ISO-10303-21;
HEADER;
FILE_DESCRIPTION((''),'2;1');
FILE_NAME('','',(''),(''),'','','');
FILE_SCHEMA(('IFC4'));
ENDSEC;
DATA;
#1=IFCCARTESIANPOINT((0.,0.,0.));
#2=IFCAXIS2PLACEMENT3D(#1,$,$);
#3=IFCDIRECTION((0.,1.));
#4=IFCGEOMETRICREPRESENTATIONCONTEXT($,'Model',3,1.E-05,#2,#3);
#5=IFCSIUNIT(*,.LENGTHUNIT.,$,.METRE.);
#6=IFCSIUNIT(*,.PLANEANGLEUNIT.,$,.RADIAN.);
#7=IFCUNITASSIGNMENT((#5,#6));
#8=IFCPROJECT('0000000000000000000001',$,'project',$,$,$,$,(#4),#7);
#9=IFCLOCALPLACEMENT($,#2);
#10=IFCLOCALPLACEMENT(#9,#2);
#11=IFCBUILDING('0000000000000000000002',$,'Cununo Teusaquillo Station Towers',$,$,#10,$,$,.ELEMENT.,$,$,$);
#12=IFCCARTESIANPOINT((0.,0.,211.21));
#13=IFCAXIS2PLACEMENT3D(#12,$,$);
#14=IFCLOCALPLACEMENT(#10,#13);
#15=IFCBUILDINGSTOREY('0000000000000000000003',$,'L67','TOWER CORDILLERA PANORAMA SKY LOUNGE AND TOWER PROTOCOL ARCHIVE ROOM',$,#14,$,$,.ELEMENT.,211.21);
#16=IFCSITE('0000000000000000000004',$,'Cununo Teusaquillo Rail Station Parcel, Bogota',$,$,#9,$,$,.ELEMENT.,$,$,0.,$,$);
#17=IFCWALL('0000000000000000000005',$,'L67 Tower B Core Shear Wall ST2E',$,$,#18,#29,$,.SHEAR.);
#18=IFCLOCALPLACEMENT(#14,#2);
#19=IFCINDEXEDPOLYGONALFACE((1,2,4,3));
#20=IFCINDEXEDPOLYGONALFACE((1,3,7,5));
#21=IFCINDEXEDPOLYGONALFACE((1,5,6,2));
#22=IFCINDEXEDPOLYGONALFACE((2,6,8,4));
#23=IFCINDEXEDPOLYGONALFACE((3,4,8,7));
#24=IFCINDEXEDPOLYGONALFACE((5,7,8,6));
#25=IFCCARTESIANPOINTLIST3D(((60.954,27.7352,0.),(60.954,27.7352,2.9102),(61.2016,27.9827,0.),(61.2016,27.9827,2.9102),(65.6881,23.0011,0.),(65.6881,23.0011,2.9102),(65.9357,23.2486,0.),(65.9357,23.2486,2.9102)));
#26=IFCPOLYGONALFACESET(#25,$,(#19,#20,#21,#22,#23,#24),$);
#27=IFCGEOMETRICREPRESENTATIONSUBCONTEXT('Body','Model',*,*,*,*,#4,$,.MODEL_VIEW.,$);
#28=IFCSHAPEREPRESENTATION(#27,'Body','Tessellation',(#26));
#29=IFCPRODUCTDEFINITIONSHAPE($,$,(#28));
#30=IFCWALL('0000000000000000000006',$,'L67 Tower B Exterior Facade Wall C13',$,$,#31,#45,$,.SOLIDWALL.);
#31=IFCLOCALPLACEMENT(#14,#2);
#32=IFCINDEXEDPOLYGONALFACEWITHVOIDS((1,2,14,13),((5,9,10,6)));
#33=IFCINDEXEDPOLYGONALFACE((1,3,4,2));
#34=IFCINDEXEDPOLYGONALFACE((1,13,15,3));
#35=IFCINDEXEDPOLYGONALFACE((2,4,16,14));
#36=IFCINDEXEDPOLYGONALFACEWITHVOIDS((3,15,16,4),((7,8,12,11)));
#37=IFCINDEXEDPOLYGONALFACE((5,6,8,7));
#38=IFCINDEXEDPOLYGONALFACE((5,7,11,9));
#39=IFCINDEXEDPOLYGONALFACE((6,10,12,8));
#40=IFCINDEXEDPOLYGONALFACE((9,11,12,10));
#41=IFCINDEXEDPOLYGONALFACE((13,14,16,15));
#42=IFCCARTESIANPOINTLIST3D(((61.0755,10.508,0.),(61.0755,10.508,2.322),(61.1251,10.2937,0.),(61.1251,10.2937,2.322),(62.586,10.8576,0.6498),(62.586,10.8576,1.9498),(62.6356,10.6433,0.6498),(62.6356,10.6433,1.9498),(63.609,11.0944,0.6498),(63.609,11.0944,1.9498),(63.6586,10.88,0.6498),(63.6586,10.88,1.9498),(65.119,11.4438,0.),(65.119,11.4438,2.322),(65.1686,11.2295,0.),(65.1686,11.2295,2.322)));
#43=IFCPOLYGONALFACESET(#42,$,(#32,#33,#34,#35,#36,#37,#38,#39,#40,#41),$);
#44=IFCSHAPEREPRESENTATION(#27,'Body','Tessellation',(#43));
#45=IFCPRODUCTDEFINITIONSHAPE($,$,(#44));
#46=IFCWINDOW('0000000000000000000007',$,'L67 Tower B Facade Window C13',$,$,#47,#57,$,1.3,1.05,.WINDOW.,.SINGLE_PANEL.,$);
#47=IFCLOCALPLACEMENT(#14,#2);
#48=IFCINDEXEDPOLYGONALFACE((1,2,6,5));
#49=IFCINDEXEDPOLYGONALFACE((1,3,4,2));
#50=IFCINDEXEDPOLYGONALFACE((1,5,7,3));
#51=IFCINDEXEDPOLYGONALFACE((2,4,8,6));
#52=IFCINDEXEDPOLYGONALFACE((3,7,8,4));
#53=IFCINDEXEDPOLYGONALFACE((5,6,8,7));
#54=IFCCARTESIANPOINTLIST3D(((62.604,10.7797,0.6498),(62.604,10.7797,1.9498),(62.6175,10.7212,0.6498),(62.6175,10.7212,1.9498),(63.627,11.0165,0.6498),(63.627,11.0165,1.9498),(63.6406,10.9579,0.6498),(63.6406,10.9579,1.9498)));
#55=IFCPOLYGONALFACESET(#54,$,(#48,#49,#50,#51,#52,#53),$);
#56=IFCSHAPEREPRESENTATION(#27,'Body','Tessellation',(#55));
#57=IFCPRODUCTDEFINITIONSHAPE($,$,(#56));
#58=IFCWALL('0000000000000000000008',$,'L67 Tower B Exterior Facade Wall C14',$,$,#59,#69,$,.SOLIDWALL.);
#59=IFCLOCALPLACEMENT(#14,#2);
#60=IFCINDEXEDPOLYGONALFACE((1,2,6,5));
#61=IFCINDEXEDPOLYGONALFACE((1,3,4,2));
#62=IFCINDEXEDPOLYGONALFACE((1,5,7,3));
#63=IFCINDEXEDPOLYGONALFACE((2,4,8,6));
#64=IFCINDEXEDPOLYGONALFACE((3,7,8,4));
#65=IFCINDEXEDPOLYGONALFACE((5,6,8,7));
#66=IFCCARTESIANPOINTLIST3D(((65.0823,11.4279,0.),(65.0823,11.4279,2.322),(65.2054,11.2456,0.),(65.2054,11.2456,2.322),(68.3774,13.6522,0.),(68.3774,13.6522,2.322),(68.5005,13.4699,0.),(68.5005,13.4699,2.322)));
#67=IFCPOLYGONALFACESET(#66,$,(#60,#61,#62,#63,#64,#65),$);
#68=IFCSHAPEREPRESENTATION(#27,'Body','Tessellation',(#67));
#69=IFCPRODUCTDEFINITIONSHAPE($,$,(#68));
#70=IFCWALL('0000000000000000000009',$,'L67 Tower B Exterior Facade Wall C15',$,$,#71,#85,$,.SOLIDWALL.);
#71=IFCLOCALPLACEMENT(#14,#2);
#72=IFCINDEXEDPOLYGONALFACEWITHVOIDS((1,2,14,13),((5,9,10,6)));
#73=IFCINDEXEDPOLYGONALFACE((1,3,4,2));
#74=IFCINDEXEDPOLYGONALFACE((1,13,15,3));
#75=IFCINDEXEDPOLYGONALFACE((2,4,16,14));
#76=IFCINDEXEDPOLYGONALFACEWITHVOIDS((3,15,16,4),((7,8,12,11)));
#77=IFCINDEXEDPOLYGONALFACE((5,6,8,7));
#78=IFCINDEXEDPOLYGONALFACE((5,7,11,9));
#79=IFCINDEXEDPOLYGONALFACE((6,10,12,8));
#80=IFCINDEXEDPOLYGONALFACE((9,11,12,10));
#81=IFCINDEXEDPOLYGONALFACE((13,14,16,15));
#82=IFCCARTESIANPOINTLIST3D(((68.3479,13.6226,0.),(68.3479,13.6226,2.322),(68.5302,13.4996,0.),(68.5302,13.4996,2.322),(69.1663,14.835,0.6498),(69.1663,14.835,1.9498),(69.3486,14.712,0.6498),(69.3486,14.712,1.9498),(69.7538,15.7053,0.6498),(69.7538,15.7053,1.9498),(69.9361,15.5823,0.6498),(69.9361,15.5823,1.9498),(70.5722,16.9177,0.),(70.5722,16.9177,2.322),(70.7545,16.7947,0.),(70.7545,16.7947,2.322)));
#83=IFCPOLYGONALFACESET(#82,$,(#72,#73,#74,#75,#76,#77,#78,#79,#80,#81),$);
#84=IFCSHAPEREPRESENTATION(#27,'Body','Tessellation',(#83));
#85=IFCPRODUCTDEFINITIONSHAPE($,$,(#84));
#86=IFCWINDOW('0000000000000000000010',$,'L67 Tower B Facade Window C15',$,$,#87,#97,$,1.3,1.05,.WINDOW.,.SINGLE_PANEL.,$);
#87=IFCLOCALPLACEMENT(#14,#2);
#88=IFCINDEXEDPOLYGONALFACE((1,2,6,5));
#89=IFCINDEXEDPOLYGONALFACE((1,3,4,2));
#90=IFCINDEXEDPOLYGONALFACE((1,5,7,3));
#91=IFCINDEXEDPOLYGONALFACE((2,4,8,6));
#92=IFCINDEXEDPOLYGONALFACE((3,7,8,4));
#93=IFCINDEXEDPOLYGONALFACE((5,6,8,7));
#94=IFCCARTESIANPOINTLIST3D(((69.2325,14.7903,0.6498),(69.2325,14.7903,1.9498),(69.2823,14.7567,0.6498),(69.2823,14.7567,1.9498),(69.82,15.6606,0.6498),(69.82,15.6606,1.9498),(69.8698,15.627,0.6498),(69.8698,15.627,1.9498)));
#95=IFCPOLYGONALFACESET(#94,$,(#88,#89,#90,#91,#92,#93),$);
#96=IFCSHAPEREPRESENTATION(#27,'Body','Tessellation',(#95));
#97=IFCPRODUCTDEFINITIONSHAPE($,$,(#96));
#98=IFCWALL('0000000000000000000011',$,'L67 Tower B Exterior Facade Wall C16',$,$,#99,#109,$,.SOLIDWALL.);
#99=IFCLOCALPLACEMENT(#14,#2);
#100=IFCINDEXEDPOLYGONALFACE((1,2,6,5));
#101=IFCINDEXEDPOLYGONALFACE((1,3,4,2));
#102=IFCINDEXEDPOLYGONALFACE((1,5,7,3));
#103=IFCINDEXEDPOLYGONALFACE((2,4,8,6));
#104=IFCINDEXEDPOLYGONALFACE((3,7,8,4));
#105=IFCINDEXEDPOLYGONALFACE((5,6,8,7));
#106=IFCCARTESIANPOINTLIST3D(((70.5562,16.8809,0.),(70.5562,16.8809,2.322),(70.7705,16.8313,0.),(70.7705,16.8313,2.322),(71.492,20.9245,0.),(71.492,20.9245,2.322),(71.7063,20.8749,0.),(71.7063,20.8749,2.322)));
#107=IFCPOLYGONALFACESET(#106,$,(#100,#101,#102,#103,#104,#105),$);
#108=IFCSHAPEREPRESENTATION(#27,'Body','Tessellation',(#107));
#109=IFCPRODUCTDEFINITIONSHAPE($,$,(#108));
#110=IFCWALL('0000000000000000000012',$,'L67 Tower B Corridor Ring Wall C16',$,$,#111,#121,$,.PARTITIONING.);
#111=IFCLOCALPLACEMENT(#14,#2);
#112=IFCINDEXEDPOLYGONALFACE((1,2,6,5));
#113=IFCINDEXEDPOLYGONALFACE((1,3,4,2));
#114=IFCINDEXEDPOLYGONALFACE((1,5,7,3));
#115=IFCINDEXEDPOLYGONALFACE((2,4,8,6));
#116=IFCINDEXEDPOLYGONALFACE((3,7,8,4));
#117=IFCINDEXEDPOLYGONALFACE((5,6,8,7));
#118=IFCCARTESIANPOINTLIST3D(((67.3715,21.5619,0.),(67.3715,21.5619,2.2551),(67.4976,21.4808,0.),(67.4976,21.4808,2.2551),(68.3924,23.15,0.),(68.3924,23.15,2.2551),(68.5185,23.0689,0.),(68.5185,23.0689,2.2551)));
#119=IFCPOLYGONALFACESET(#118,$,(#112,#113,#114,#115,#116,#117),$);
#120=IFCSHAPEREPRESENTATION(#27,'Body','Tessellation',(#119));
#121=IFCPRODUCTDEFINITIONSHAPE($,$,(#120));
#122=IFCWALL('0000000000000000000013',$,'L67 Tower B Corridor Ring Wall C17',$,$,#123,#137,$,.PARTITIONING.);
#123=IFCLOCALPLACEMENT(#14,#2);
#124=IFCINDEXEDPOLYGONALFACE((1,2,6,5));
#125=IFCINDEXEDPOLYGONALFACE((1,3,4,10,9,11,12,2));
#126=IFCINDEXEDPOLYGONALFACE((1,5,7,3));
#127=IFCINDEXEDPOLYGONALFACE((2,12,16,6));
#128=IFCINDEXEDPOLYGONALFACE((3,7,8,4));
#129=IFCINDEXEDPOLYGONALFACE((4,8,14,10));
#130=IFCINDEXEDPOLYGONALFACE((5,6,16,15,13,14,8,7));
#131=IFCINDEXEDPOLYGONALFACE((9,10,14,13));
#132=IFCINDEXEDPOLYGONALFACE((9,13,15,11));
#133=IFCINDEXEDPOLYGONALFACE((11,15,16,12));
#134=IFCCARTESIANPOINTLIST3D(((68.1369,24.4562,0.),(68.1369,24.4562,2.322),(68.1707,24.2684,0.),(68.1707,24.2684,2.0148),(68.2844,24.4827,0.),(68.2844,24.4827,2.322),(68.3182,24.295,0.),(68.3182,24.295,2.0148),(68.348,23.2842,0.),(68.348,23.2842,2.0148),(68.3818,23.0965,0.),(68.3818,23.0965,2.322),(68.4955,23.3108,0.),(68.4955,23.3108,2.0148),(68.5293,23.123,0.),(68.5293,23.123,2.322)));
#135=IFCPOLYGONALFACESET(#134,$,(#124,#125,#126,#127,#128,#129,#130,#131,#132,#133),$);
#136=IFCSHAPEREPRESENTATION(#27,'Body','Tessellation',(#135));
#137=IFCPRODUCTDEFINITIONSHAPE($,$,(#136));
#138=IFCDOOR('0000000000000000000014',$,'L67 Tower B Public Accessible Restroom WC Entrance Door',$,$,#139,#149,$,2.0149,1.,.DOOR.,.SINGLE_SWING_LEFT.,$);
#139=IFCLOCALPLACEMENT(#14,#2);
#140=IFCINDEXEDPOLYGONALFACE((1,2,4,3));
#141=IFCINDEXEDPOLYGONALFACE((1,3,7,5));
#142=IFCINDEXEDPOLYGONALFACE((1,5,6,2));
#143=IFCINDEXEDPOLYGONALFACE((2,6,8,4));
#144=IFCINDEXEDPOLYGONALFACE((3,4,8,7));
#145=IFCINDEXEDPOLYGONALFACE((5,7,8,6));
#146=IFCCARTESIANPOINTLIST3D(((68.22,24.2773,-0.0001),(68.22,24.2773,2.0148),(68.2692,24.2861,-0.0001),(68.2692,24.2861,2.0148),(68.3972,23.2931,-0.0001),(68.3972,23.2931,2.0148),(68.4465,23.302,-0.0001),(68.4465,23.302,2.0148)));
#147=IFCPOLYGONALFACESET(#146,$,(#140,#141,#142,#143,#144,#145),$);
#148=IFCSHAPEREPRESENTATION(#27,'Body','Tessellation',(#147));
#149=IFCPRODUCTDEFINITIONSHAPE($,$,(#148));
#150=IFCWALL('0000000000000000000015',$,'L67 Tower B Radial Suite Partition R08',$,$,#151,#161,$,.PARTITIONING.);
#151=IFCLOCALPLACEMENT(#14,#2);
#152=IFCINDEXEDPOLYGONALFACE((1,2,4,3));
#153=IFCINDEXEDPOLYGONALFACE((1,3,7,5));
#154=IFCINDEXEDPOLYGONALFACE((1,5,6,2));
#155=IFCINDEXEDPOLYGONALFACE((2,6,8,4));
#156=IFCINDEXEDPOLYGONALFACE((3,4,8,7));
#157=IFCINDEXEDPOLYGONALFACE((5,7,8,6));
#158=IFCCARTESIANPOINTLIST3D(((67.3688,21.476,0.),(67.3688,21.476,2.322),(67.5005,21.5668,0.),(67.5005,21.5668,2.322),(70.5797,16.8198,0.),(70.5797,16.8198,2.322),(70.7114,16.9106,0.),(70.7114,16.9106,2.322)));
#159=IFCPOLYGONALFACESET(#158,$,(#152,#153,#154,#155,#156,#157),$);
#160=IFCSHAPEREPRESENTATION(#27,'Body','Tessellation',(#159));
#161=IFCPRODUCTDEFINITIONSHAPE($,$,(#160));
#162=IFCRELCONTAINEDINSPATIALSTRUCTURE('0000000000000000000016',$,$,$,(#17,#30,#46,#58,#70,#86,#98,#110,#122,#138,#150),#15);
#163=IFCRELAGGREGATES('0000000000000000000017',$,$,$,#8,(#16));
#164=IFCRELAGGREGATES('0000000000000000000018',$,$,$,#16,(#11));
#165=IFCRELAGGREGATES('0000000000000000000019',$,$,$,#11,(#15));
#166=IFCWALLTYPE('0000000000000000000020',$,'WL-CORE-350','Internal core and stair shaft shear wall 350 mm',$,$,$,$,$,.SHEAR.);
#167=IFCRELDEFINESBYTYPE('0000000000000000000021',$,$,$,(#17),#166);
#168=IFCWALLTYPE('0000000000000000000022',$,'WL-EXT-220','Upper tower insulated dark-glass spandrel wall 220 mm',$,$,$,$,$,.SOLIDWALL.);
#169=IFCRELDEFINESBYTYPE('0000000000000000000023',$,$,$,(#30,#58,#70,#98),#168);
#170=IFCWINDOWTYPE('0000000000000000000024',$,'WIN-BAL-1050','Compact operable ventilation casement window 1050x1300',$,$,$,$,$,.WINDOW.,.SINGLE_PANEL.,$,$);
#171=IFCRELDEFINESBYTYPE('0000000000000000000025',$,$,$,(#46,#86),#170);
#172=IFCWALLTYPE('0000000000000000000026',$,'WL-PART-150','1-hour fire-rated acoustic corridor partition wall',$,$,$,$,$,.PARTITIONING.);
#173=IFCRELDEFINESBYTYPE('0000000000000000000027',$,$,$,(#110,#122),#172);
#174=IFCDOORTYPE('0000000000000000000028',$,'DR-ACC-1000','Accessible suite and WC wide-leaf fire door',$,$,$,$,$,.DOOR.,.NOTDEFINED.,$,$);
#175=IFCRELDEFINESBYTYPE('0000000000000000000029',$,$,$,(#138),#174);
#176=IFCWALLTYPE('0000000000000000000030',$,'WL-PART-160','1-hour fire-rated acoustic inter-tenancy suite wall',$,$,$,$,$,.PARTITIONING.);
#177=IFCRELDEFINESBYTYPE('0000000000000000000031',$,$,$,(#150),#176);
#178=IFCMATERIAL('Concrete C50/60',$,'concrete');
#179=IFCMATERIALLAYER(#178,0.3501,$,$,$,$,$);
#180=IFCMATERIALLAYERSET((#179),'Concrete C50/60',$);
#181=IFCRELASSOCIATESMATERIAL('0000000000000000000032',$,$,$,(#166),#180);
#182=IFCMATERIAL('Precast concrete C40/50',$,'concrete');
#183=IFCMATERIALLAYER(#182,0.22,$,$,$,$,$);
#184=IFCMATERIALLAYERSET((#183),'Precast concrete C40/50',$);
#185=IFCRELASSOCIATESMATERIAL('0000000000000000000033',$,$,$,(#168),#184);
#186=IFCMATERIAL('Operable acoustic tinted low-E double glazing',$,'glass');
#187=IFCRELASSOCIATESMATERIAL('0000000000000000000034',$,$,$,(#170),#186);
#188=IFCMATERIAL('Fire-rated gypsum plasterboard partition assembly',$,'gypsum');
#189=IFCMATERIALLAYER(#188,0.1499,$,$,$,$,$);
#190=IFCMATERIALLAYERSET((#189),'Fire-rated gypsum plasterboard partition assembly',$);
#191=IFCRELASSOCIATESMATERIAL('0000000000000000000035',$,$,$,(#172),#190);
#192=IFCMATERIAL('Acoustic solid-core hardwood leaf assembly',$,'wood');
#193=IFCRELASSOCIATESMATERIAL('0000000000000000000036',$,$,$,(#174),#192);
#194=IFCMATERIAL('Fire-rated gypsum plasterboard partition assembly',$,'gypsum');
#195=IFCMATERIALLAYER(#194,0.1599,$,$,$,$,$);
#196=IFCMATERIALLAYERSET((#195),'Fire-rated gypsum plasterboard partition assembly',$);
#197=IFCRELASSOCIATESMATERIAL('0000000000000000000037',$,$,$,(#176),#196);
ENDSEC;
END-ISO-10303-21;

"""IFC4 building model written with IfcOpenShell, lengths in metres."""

from ifc_helpers import new_model, si_unit, direction, frame, frame_2d, origin, place, context, subcontext, project, spatial, rectangle, extrude, source, transform, mapped, material, layer, layer_set, type_object, element, fill, save


model = new_model("IFC4")

# Units and contexts
model_context = context("Model", 3, precision=1e-05, world=origin(), true_north=direction((0.0, 1.0)))
body_context = subcontext(model_context, "Body", "Model", "MODEL_VIEW")
ifc_project = project(units=[si_unit("LENGTHUNIT", "METRE"), si_unit("PLANEANGLEUNIT", "RADIAN")], contexts=[model_context])

# Site, building, storey
site_placement = place(None, origin())
site = spatial("IfcSite", under=ifc_project, at=site_placement, Name="Cununo Teusaquillo Rail Station Parcel, Bogota", CompositionType="ELEMENT", RefElevation=0.0)
building_placement = place(site_placement, origin())
building = spatial("IfcBuilding", under=site, at=building_placement, Name="Cununo Teusaquillo Station Towers", CompositionType="ELEMENT")
storey_placement = place(building_placement, frame((0.0, 0.0, 211.21)))
storey = spatial("IfcBuildingStorey", under=building, at=storey_placement, Name="L67", Description="TOWER CORDILLERA PANORAMA SKY LOUNGE AND TOWER PROTOCOL ARCHIVE ROOM", CompositionType="ELEMENT", Elevation=211.21)

# Wall
ifc_material_1 = material(Name="Concrete C50/60", Category="concrete")
ifc_layer_1 = layer(ifc_material_1, 0.3501)
ifc_layer_set_1 = layer_set([ifc_layer_1], Name="Concrete C50/60")
wall_type_1 = type_object("IfcWallType", Name="WL-CORE-350", Description="Internal core and stair shaft shear wall 350 mm", PredefinedType="SHEAR", material=ifc_layer_set_1)
wall_1_placement = place(storey_placement, frame((65.812, 23.1248, 0.0), z_axis=(0.0, 0.0, 1.0), x_axis=(-0.707107, 0.707107, 0.0)))
element("IfcWall", 1, at=wall_1_placement, inside=storey, type_object=wall_type_1, Name="L67 Tower B Core Shear Wall ST2E", PredefinedType="SHEAR", context=body_context, shape_type="SweptSolid", body=[
    extrude(rectangle(XDim=6.6951, YDim=0.3501, at=frame_2d((3.3477, 0.0))), origin(), (0.0, 0.0, 1.0), 2.9102),
])

# Wall, opening, window
ifc_material_2 = material(Name="Precast concrete C40/50", Category="concrete")
ifc_layer_2 = layer(ifc_material_2, 0.22)
ifc_layer_set_2 = layer_set([ifc_layer_2], Name="Precast concrete C40/50")
wall_type_2 = type_object("IfcWallType", Name="WL-EXT-220", Description="Upper tower insulated dark-glass spandrel wall 220 mm", PredefinedType="SOLIDWALL", material=ifc_layer_set_2)
wall_2_placement = place(storey_placement, frame((65.1438, 11.3367, 0.0), z_axis=(0.0, 0.0, 1.0), x_axis=(-0.974249, -0.225474, 0.0)))
wall_2 = element("IfcWall", 2, at=wall_2_placement, inside=storey, type_object=wall_type_2, Name="L67 Tower B Exterior Facade Wall C13", PredefinedType="SOLIDWALL", context=body_context, shape_type="SweptSolid", body=[
    extrude(rectangle(XDim=4.1504, YDim=0.22, at=frame_2d((2.0752, 0.0))), origin(), (0.0, 0.0, 1.0), 2.322),
])
shared_shape_1 = source(origin(), body_context, "Body", "SweptSolid", [
    extrude(rectangle(XDim=1.05, YDim=1.3, at=frame_2d((0.5249, 0.6499))), frame((0.0, 0.1199, 0.0), z_axis=(0.0, -1.0, 0.0), x_axis=(1.0, 0.0, 0.0)), (0.0, 0.0, 1.0), 0.24),
])
opening_1_placement = place(wall_2_placement, frame((1.55, 0.0, 0.6499)))
opening_1 = element("IfcOpeningElement", 3, at=opening_1_placement, cuts=wall_2, PredefinedType="OPENING", context=body_context, shape_type="MappedRepresentation", body=[
    mapped(shared_shape_1, transform((0.0, 0.0, 0.0), x_axis=(1.0, 0.0, 0.0), y_axis=(0.0, 1.0, 0.0), z_axis=(0.0, 0.0, 1.0), scale=1.0)),
])
ifc_material_3 = material(Name="Operable acoustic tinted low-E double glazing", Category="glass")
window_type = type_object("IfcWindowType", Name="WIN-BAL-1050", Description="Compact operable ventilation casement window 1050x1300", PartitioningType="SINGLE_PANEL", PredefinedType="WINDOW", material=ifc_material_3)
shared_shape_2 = source(origin(), body_context, "Body", "SweptSolid", [
    extrude(rectangle(XDim=1.05, YDim=1.3, at=frame_2d((0.5249, 0.6499))), frame((0.0, 0.03, 0.0), z_axis=(0.0, -1.0, 0.0), x_axis=(1.0, 0.0, 0.0)), (0.0, 0.0, 1.0), 0.0601),
])
window_1_placement = place(opening_1_placement, origin())
window_1 = element("IfcWindow", 4, at=window_1_placement, inside=storey, type_object=window_type, Name="L67 Tower B Facade Window C13", OverallHeight=1.3, OverallWidth=1.05, PartitioningType="SINGLE_PANEL", PredefinedType="WINDOW", context=body_context, shape_type="MappedRepresentation", body=[
    mapped(shared_shape_2, transform((0.0, 0.0, 0.0), x_axis=(1.0, 0.0, 0.0), y_axis=(0.0, 1.0, 0.0), z_axis=(0.0, 0.0, 1.0), scale=1.0)),
])
fill(opening_1, window_1)

# Wall
wall_3_placement = place(storey_placement, frame((68.439, 13.561, 0.0), z_axis=(0.0, 0.0, 1.0), x_axis=(-0.828834, -0.559495, 0.0)))
element("IfcWall", 5, at=wall_3_placement, inside=storey, type_object=wall_type_2, Name="L67 Tower B Exterior Facade Wall C14", PredefinedType="SOLIDWALL", context=body_context, shape_type="SweptSolid", body=[
    extrude(rectangle(XDim=3.9756, YDim=0.22, at=frame_2d((1.9878, 0.0))), origin(), (0.0, 0.0, 1.0), 2.322),
])

# Wall, opening, window
wall_4_placement = place(storey_placement, frame((70.6633, 16.8562, 0.0), z_axis=(0.0, 0.0, 1.0), x_axis=(-0.559495, -0.828834, 0.0)))
wall_4 = element("IfcWall", 6, at=wall_4_placement, inside=storey, type_object=wall_type_2, Name="L67 Tower B Exterior Facade Wall C15", PredefinedType="SOLIDWALL", context=body_context, shape_type="SweptSolid", body=[
    extrude(rectangle(XDim=3.9756, YDim=0.22, at=frame_2d((1.9878, 0.0))), origin(), (0.0, 0.0, 1.0), 2.322),
])
opening_2_placement = place(wall_4_placement, frame((1.4629, 0.0, 0.6499)))
opening_2 = element("IfcOpeningElement", 7, at=opening_2_placement, cuts=wall_4, PredefinedType="OPENING", context=body_context, shape_type="MappedRepresentation", body=[
    mapped(shared_shape_1, transform((0.0, 0.0, 0.0), x_axis=(1.0, 0.0, 0.0), y_axis=(0.0, 1.0, 0.0), z_axis=(0.0, 0.0, 1.0), scale=1.0)),
])
window_2_placement = place(opening_2_placement, origin())
window_2 = element("IfcWindow", 8, at=window_2_placement, inside=storey, type_object=window_type, Name="L67 Tower B Facade Window C15", OverallHeight=1.3, OverallWidth=1.05, PartitioningType="SINGLE_PANEL", PredefinedType="WINDOW", context=body_context, shape_type="MappedRepresentation", body=[
    mapped(shared_shape_2, transform((0.0, 0.0, 0.0), x_axis=(1.0, 0.0, 0.0), y_axis=(0.0, 1.0, 0.0), z_axis=(0.0, 0.0, 1.0), scale=1.0)),
])
fill(opening_2, window_2)

# Walls
wall_5_placement = place(storey_placement, frame((71.5991, 20.8997, 0.0), z_axis=(0.0, 0.0, 1.0), x_axis=(-0.225474, -0.974249, 0.0)))
element("IfcWall", 9, at=wall_5_placement, inside=storey, type_object=wall_type_2, Name="L67 Tower B Exterior Facade Wall C16", PredefinedType="SOLIDWALL", context=body_context, shape_type="SweptSolid", body=[
    extrude(rectangle(XDim=4.1504, YDim=0.22, at=frame_2d((2.0752, 0.0))), origin(), (0.0, 0.0, 1.0), 2.322),
])
ifc_material_4 = material(Name="Fire-rated gypsum plasterboard partition assembly", Category="gypsum")
ifc_layer_3 = layer(ifc_material_4, 0.1499)
ifc_layer_set_3 = layer_set([ifc_layer_3], Name="Fire-rated gypsum plasterboard partition assembly")
wall_type_3 = type_object("IfcWallType", Name="WL-PART-150", Description="1-hour fire-rated acoustic corridor partition wall", PredefinedType="PARTITIONING", material=ifc_layer_set_3)
wall_6_placement = place(storey_placement, frame((67.4346, 21.5215, 0.0), z_axis=(0.0, 0.0, 1.0), x_axis=(0.540777, 0.841166, 0.0)))
element("IfcWall", 10, at=wall_6_placement, inside=storey, type_object=wall_type_3, Name="L67 Tower B Corridor Ring Wall C16", PredefinedType="PARTITIONING", context=body_context, shape_type="SweptSolid", body=[
    extrude(rectangle(XDim=1.8879, YDim=0.1499, at=frame_2d((0.9438, 0.0))), origin(), (0.0, 0.0, 1.0), 2.2551),
])

# Wall, opening, door
wall_7_placement = place(storey_placement, frame((68.4556, 23.1096, 0.0), z_axis=(0.0, 0.0, 1.0), x_axis=(-0.177252, 0.984165, 0.0)))
wall_7 = element("IfcWall", 11, at=wall_7_placement, inside=storey, type_object=wall_type_3, Name="L67 Tower B Corridor Ring Wall C17", PredefinedType="PARTITIONING", context=body_context, shape_type="SweptSolid", body=[
    extrude(rectangle(XDim=1.3816, YDim=0.1499, at=frame_2d((0.6909, 0.0))), origin(), (0.0, 0.0, 1.0), 2.322),
])
shared_shape_3 = source(origin(), body_context, "Body", "SweptSolid", [
    extrude(rectangle(XDim=1.0, YDim=2.0149, at=frame_2d((0.5, 1.0073))), frame((0.0, 0.085, 0.0), z_axis=(0.0, -1.0, 0.0), x_axis=(1.0, 0.0, 0.0)), (0.0, 0.0, 1.0), 0.1699),
])
opening_3_placement = place(wall_7_placement, frame((0.1909, 0.0, 0.0)))
opening_3 = element("IfcOpeningElement", 12, at=opening_3_placement, cuts=wall_7, PredefinedType="OPENING", context=body_context, shape_type="MappedRepresentation", body=[
    mapped(shared_shape_3, transform((0.0, 0.0, 0.0), x_axis=(1.0, 0.0, 0.0), y_axis=(0.0, 1.0, 0.0), z_axis=(0.0, 0.0, 1.0), scale=1.0)),
])
ifc_material_5 = material(Name="Acoustic solid-core hardwood leaf assembly", Category="wood")
door_type = type_object("IfcDoorType", Name="DR-ACC-1000", Description="Accessible suite and WC wide-leaf fire door", OperationType="NOTDEFINED", PredefinedType="DOOR", material=ifc_material_5)
shared_shape_4 = source(origin(), body_context, "Body", "SweptSolid", [
    extrude(rectangle(XDim=1.0, YDim=2.0149, at=frame_2d((0.5, 1.0073))), frame((0.0, 0.0249, 0.0), z_axis=(0.0, -1.0, 0.0), x_axis=(1.0, 0.0, 0.0)), (0.0, 0.0, 1.0), 0.05),
])
door_placement = place(opening_3_placement, origin())
door = element("IfcDoor", 13, at=door_placement, inside=storey, type_object=door_type, Name="L67 Tower B Public Accessible Restroom WC Entrance Door", OperationType="SINGLE_SWING_LEFT", OverallHeight=2.0149, OverallWidth=1.0, PredefinedType="DOOR", context=body_context, shape_type="MappedRepresentation", body=[
    mapped(shared_shape_4, transform((0.0, 0.0, 0.0), x_axis=(1.0, 0.0, 0.0), y_axis=(0.0, 1.0, 0.0), z_axis=(0.0, 0.0, 1.0), scale=1.0)),
])
fill(opening_3, door)

# Wall
ifc_material_6 = material(Name="Fire-rated gypsum plasterboard partition assembly", Category="gypsum")
ifc_layer_4 = layer(ifc_material_6, 0.1599)
ifc_layer_set_4 = layer_set([ifc_layer_4], Name="Fire-rated gypsum plasterboard partition assembly")
wall_type_4 = type_object("IfcWallType", Name="WL-PART-160", Description="1-hour fire-rated acoustic inter-tenancy suite wall", PredefinedType="PARTITIONING", material=ifc_layer_set_4)
wall_8_placement = place(storey_placement, frame((67.4346, 21.5215, 0.0), z_axis=(0.0, 0.0, 1.0), x_axis=(0.567701, -0.823235, 0.0)))
element("IfcWall", 14, at=wall_8_placement, inside=storey, type_object=wall_type_4, Name="L67 Tower B Radial Suite Partition R08", PredefinedType="PARTITIONING", context=body_context, shape_type="SweptSolid", body=[
    extrude(rectangle(XDim=5.656, YDim=0.1599, at=frame_2d((2.8281, 0.0))), origin(), (0.0, 0.0, 1.0), 2.322),
])

save(model, "model.ifc")
